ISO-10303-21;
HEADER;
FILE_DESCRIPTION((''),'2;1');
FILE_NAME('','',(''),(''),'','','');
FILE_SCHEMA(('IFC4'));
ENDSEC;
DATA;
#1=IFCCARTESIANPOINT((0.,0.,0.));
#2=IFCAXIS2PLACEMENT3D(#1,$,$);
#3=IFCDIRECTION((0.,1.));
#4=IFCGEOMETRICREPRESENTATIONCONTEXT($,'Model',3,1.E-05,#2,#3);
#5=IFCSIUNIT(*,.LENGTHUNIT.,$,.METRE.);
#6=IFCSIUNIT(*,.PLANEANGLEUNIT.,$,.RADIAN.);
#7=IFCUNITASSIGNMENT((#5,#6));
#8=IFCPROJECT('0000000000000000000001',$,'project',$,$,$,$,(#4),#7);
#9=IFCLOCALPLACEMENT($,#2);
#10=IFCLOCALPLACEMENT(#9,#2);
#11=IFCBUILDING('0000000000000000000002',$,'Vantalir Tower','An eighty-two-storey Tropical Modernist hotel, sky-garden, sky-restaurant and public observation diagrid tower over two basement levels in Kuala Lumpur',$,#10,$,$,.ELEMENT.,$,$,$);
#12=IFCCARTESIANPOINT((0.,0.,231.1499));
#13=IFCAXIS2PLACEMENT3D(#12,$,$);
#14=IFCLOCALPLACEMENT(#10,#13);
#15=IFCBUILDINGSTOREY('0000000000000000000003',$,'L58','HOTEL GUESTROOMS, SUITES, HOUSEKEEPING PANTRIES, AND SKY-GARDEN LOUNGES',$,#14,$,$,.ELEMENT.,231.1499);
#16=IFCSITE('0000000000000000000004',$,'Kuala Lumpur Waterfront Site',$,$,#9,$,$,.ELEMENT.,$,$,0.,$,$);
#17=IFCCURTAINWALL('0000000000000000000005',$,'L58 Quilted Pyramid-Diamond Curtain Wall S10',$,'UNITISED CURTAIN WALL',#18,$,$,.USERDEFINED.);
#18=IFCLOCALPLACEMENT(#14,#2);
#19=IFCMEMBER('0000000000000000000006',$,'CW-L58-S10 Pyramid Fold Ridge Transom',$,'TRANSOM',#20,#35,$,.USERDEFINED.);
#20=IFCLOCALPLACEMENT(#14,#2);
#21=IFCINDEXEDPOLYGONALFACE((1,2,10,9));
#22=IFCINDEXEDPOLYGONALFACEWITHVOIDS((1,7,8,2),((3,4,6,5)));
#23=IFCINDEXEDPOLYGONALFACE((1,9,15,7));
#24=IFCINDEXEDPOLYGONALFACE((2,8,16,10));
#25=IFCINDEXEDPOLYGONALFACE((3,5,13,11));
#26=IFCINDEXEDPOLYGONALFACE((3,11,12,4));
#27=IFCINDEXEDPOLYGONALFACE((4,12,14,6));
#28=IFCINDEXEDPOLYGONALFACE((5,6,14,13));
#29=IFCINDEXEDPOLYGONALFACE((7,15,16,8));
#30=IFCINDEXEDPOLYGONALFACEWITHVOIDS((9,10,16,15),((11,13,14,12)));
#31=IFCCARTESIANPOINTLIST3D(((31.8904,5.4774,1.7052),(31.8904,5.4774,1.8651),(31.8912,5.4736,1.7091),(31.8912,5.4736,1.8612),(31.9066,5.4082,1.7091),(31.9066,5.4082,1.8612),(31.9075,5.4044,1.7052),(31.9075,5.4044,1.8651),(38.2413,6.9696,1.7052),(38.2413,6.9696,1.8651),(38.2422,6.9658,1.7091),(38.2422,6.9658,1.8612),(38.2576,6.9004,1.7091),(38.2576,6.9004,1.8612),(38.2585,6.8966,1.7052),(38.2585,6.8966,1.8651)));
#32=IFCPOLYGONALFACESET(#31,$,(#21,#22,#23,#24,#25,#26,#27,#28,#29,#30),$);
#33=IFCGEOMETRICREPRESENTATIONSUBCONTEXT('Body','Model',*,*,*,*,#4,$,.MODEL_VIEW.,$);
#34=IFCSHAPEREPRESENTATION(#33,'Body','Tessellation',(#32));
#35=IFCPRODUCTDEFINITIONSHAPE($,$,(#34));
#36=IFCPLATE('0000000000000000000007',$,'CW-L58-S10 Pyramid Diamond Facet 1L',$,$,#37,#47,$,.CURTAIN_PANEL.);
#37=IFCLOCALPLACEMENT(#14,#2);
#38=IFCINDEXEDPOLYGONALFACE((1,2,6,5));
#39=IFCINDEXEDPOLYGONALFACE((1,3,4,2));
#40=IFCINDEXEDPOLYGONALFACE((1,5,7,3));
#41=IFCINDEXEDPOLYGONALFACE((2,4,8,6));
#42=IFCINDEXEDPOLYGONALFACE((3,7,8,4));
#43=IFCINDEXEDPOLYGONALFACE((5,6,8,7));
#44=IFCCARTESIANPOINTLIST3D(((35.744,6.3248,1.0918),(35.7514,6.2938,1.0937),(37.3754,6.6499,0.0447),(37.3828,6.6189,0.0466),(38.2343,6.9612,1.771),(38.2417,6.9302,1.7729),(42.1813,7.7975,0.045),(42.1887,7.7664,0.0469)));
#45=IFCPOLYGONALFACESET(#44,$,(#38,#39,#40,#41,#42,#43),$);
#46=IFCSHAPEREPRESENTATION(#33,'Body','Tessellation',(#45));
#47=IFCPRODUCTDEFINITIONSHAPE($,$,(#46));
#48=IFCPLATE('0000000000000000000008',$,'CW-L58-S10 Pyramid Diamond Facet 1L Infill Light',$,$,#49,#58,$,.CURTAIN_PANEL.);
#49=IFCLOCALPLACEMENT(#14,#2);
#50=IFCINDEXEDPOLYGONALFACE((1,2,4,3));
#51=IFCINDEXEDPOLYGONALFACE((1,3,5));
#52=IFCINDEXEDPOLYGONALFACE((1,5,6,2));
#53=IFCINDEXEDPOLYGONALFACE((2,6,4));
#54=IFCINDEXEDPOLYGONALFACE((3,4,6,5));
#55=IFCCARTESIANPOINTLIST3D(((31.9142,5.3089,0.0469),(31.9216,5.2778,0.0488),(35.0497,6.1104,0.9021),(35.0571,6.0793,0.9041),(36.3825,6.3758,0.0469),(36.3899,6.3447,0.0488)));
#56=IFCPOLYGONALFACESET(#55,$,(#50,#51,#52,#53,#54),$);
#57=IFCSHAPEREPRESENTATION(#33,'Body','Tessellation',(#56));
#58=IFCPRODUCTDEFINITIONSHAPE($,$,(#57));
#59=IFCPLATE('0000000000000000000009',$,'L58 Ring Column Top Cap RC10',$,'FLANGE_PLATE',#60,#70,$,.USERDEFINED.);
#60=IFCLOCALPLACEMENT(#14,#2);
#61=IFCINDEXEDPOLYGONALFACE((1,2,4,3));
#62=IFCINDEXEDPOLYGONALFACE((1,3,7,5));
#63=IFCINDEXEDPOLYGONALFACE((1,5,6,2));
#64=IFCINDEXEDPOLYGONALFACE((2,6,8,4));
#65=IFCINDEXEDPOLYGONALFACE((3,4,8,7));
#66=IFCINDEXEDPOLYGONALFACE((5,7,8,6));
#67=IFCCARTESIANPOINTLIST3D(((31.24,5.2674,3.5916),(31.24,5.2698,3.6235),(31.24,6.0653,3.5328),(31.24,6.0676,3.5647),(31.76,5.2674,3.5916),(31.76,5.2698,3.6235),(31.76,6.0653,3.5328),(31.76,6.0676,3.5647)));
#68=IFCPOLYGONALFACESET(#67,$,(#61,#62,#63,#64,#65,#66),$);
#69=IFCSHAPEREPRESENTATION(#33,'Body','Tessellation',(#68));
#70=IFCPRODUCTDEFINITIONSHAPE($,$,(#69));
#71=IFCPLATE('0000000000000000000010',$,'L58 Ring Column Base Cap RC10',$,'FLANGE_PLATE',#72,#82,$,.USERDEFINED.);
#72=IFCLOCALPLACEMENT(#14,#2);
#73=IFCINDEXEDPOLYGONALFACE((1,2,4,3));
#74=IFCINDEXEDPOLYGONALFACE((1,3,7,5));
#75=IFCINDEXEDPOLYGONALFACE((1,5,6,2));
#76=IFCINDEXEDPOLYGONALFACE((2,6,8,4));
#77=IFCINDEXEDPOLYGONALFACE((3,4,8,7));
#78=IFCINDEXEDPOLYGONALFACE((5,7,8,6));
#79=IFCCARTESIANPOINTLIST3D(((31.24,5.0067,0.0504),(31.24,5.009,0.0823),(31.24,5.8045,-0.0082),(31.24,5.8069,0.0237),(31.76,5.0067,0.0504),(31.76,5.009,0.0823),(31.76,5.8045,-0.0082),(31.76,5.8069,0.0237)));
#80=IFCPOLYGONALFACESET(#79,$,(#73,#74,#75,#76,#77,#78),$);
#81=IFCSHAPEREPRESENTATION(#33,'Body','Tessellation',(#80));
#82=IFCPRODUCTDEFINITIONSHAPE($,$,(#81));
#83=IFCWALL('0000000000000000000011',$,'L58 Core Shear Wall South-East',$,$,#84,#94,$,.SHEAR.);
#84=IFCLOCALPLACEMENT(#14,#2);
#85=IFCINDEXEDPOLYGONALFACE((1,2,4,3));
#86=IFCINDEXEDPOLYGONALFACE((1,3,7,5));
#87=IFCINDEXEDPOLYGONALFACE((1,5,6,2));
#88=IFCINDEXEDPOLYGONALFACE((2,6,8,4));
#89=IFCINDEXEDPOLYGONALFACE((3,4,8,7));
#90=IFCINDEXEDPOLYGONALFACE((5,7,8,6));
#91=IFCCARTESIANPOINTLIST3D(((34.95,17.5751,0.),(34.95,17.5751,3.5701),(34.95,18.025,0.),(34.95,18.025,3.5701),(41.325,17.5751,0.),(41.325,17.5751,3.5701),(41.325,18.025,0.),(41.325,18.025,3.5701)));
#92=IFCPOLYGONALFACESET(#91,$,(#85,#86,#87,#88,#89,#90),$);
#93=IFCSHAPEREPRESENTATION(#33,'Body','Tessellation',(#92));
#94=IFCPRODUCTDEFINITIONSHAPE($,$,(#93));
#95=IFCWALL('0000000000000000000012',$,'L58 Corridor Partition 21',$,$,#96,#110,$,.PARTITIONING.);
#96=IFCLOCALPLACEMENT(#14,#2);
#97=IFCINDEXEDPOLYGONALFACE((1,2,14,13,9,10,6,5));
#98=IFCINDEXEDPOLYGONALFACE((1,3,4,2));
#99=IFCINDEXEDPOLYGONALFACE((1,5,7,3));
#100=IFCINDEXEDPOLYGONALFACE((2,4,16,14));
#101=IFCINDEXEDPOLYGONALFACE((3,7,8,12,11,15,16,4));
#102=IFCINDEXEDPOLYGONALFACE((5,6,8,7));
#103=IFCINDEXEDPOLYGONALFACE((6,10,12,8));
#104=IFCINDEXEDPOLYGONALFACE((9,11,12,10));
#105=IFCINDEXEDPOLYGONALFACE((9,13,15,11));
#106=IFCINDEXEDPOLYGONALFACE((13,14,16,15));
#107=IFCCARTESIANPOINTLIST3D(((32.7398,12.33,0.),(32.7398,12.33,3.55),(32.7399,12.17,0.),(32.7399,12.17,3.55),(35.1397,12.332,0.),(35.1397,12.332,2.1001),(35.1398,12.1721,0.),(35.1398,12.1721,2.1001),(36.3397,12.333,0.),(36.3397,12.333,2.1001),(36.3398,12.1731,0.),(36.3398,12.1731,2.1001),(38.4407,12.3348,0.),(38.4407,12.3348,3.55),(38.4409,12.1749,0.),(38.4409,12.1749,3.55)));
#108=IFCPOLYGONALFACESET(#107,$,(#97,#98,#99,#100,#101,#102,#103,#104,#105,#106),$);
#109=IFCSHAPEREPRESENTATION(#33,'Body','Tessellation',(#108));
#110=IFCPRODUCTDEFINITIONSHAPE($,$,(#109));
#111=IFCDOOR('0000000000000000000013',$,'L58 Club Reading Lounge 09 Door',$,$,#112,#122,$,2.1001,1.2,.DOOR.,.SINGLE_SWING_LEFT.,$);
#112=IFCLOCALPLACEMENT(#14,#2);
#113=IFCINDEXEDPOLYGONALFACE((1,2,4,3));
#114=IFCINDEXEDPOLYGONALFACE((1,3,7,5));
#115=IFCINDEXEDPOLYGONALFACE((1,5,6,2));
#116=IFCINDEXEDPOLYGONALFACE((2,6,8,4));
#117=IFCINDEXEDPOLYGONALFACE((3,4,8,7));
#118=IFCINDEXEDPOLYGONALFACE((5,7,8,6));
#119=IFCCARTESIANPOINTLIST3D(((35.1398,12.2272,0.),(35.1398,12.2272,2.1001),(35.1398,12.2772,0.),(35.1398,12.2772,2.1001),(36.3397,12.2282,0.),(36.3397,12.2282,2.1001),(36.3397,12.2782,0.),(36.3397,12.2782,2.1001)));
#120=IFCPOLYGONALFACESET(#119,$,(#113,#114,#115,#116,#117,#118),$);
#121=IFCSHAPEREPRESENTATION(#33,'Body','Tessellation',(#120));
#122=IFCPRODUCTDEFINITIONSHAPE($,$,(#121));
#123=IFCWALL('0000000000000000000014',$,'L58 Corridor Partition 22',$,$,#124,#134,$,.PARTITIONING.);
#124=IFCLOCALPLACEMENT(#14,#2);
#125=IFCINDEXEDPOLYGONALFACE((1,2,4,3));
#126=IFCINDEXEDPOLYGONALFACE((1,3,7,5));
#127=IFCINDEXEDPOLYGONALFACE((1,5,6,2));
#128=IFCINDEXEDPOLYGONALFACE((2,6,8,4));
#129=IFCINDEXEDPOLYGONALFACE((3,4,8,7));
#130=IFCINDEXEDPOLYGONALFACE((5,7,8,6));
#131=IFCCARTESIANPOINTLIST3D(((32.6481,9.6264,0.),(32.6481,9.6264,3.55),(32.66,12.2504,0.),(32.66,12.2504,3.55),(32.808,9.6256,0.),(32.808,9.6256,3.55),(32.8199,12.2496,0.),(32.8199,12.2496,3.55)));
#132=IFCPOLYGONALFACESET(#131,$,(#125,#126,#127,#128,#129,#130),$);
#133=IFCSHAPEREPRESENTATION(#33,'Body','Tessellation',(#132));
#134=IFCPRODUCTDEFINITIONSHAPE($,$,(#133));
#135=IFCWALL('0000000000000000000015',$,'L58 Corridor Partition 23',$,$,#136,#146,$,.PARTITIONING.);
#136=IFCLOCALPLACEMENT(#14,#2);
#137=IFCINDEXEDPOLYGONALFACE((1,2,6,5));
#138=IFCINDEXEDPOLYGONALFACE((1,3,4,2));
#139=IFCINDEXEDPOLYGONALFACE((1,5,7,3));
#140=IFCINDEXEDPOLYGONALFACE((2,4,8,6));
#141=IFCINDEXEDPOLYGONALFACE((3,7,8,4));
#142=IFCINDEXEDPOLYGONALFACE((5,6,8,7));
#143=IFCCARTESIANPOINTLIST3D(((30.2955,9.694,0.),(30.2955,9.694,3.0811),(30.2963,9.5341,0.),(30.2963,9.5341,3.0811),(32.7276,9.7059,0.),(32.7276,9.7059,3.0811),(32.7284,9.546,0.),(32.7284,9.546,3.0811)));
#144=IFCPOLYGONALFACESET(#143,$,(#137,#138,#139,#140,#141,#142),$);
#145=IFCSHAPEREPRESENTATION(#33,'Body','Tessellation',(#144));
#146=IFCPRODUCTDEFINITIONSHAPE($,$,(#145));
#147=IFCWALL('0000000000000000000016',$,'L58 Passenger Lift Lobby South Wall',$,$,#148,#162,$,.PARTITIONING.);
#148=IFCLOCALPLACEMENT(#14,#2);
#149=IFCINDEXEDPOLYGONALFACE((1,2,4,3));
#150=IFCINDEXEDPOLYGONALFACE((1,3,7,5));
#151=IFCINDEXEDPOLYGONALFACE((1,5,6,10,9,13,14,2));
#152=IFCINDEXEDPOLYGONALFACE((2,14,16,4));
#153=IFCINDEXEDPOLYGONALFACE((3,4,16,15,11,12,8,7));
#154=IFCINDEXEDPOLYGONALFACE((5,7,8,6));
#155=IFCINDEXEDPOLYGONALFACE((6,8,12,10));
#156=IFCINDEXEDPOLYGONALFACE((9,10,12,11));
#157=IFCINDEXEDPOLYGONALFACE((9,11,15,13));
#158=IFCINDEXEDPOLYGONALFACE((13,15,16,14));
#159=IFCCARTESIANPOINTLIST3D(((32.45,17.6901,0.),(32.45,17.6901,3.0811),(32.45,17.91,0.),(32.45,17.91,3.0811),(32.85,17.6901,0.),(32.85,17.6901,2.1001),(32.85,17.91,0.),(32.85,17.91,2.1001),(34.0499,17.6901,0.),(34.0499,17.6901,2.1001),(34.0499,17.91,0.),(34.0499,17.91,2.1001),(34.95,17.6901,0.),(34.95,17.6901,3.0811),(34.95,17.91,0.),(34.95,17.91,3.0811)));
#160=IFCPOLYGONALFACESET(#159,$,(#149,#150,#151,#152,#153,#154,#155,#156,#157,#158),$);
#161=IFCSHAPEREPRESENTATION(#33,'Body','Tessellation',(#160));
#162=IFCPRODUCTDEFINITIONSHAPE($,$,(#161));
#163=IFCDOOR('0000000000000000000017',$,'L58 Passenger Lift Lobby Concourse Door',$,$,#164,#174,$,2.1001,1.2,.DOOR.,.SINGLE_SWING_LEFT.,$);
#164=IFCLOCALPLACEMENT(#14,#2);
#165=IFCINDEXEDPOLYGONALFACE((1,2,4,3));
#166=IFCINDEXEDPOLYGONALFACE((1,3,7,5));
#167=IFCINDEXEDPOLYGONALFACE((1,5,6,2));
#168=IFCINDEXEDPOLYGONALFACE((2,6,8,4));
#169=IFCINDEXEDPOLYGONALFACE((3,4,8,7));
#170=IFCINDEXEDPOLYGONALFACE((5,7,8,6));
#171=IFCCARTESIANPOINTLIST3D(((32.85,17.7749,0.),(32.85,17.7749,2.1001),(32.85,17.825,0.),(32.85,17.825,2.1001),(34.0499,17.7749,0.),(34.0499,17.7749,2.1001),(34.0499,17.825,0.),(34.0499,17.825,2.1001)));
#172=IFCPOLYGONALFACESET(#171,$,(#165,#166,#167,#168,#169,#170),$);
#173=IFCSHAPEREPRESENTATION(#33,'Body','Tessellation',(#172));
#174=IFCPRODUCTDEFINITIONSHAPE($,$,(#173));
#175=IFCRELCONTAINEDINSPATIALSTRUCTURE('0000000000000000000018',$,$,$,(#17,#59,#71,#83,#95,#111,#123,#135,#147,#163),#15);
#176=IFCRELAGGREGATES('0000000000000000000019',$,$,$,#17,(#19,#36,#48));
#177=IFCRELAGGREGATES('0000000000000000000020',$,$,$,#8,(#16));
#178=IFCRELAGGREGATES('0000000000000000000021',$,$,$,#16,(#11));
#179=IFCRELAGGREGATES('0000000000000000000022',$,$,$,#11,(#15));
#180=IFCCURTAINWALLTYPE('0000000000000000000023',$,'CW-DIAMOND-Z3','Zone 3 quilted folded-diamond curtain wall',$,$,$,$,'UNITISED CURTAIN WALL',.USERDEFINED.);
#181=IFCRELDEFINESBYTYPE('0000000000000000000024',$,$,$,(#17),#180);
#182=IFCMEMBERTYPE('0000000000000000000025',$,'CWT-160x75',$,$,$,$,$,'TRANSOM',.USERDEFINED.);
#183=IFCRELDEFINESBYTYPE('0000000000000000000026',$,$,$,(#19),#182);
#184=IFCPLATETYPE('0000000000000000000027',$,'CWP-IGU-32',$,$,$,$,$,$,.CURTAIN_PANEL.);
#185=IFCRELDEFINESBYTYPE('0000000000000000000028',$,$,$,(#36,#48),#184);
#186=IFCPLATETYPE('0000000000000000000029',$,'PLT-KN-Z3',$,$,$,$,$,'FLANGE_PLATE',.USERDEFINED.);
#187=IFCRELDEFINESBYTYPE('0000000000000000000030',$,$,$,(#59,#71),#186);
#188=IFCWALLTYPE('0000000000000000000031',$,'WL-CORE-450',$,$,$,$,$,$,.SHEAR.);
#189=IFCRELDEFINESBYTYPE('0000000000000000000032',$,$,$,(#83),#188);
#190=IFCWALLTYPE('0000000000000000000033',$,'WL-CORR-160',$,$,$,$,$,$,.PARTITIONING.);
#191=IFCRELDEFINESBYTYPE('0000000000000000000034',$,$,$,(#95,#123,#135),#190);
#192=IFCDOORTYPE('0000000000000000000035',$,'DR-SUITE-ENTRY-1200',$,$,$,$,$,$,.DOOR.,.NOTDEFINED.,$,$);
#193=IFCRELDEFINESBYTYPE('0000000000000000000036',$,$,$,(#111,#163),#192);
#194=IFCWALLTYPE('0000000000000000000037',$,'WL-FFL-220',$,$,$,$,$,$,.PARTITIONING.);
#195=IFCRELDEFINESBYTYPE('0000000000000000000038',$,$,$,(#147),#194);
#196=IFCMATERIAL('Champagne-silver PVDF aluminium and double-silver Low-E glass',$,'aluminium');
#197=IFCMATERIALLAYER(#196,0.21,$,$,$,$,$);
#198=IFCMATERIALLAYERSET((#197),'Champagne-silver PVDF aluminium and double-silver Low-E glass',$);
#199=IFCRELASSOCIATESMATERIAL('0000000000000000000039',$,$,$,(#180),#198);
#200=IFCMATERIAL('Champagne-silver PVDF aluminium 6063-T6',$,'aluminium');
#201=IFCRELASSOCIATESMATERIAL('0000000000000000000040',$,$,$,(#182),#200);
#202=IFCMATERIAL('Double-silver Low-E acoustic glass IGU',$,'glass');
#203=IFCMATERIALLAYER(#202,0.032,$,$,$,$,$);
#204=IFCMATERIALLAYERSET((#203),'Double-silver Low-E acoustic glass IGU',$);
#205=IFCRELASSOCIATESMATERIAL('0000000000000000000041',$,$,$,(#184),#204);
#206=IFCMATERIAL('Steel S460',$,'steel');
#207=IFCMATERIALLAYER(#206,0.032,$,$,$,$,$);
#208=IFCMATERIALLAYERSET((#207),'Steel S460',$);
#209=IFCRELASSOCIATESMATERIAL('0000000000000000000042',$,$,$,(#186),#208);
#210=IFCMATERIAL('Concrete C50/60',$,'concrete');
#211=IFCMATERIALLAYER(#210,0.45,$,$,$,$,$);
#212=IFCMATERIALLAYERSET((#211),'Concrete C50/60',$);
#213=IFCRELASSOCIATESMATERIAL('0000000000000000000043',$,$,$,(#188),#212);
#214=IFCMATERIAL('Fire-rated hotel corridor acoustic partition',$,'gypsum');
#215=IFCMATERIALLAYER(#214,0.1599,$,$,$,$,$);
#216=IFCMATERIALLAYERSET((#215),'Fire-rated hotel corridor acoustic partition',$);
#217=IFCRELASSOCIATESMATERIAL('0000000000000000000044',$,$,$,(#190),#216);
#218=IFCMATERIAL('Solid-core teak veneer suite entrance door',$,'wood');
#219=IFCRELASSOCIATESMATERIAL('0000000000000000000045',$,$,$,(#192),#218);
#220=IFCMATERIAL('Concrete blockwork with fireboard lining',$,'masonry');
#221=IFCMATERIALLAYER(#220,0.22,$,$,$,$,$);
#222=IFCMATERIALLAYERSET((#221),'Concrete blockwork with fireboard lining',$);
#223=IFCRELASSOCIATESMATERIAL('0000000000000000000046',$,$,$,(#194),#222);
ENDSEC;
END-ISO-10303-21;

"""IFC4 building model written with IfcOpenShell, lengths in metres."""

from ifc_helpers import new_model, si_unit, direction, frame, frame_2d, origin, origin_2d, place, context, subcontext, project, spatial, polyline, rectangle, hollow_rectangle, outline, extrude, material, layer, layer_set, material_profile, profile_set, type_object, element, fill, aggregate, save


model = new_model("IFC4")

# Units and contexts
model_context = context("Model", 3, precision=1e-05, world=origin(), true_north=direction((0.0, 1.0)))
body_context = subcontext(model_context, "Body", "Model", "MODEL_VIEW")
ifc_project = project(units=[si_unit("LENGTHUNIT", "METRE"), si_unit("PLANEANGLEUNIT", "RADIAN")], contexts=[model_context])

# Site, building, storey
site_placement = place(None, origin())
site = spatial("IfcSite", under=ifc_project, at=site_placement, Name="Kuala Lumpur Waterfront Site", CompositionType="ELEMENT", RefElevation=0.0)
building_placement = place(site_placement, origin())
building = spatial("IfcBuilding", under=site, at=building_placement, Name="Vantalir Tower", Description="An eighty-two-storey Tropical Modernist hotel, sky-garden, sky-restaurant and public observation diagrid tower over two basement levels in Kuala Lumpur", CompositionType="ELEMENT")
storey_placement = place(building_placement, frame((0.0, 0.0, 231.1499)))
storey = spatial("IfcBuildingStorey", under=building, at=storey_placement, Name="L58", Description="HOTEL GUESTROOMS, SUITES, HOUSEKEEPING PANTRIES, AND SKY-GARDEN LOUNGES", CompositionType="ELEMENT", Elevation=231.1499)

# Shared definitions
ifc_material_1 = material(Name="Concrete C50/60", Category="concrete")
ifc_material_2 = material(Name="Steel S460", Category="steel")

# Shared definitions
ifc_material_3 = material(Name="Champagne-silver PVDF aluminium and double-silver Low-E glass", Category="aluminium")
ifc_layer_1 = layer(ifc_material_3, 0.21)
ifc_layer_set_1 = layer_set([ifc_layer_1], Name="Champagne-silver PVDF aluminium and double-silver Low-E glass")
curtain_wall_type = type_object("IfcCurtainWallType", Name="CW-DIAMOND-Z3", Description="Zone 3 quilted folded-diamond curtain wall", ElementType="UNITISED CURTAIN WALL", PredefinedType="USERDEFINED", material=ifc_layer_set_1)
ifc_material_4 = material(Name="Champagne-silver PVDF aluminium 6063-T6", Category="aluminium")

# Curtain wall, member, plates
curtain_wall_1_placement = place(storey_placement, origin())
curtain_wall_1 = element("IfcCurtainWall", 1, at=curtain_wall_1_placement, inside=storey, type_object=curtain_wall_type, Name="L58 Quilted Pyramid-Diamond Curtain Wall S10", ObjectType="UNITISED CURTAIN WALL", PredefinedType="USERDEFINED")
ifc_material_profile_1 = material_profile(ifc_material_4, hollow_rectangle(XDim=0.075, YDim=0.1599, WallThickness=0.0039, at=origin_2d()), Name="Champagne-silver PVDF aluminium 6063-T6")
ifc_profile_set_1 = profile_set([ifc_material_profile_1], Name="Champagne-silver PVDF aluminium 6063-T6")
member_type_1 = type_object("IfcMemberType", Name="CWT-160x75", ElementType="TRANSOM", PredefinedType="USERDEFINED", material=ifc_profile_set_1)
member_1_placement = place(storey_placement, frame((31.8989, 5.4409, 1.7852), z_axis=(0.973492, 0.228722, 0.0), x_axis=(-0.228722, 0.973492, 0.0)))
member_1 = element("IfcMember", 2, at=member_1_placement, type_object=member_type_1, Name="CW-L58-S10 Pyramid Fold Ridge Transom", ObjectType="TRANSOM", PredefinedType="USERDEFINED", context=body_context, shape_type="SweptSolid", body=[
    extrude(hollow_rectangle(XDim=0.075, YDim=0.1599, WallThickness=0.0039, at=origin_2d()), origin(), (0.0, 0.0, 1.0), 6.5239),
])
ifc_material_5 = material(Name="Double-silver Low-E acoustic glass IGU", Category="glass")
ifc_layer_2 = layer(ifc_material_5, 0.032)
ifc_layer_set_2 = layer_set([ifc_layer_2], Name="Double-silver Low-E acoustic glass IGU")
plate_type_1 = type_object("IfcPlateType", Name="CWP-IGU-32", PredefinedType="CURTAIN_PANEL", material=ifc_layer_set_2)
plate_1_placement = place(storey_placement, frame((37.3828, 6.6189, 0.0466), z_axis=(0.231832, -0.97092, 0.059728), x_axis=(0.972656, 0.232249, 0.000048)))
plate_1 = element("IfcPlate", 3, at=plate_1_placement, type_object=plate_type_1, Name="CW-L58-S10 Pyramid Diamond Facet 1L", PredefinedType="CURTAIN_PANEL", context=body_context, shape_type="SweptSolid", body=[
    extrude(outline(polyline([(0.0, 0.0), (4.941, 0.0), (0.9078, 1.7294), (-1.6622, 1.0491), (0.0, 0.0)])), origin(), (0.0, 0.0, -1.0), 0.032),
])
plate_2_placement = place(storey_placement, frame((31.9216, 5.2778, 0.0488), z_axis=(0.231825, -0.970906, 0.059993), x_axis=(0.972658, 0.232243, 0.0)))
plate_2 = element("IfcPlate", 4, at=plate_2_placement, type_object=plate_type_1, Name="CW-L58-S10 Pyramid Diamond Facet 1L Infill Light", PredefinedType="CURTAIN_PANEL", context=body_context, shape_type="SweptSolid", body=[
    extrude(outline(polyline([(0.0, 0.0), (4.5939, 0.0), (3.2359, 0.8568), (0.0, 0.0)])), origin(), (0.0, 0.0, -1.0), 0.032),
])
aggregate(curtain_wall_1, [member_1, plate_1, plate_2])

# Plates
ifc_layer_3 = layer(ifc_material_2, 0.032)
ifc_layer_set_3 = layer_set([ifc_layer_3], Name="Steel S460")
plate_type_2 = type_object("IfcPlateType", Name="PLT-KN-Z3", ElementType="FLANGE_PLATE", PredefinedType="USERDEFINED", material=ifc_layer_set_3)
plate_3_placement = place(storey_placement, frame((31.24, 6.0676, 3.5647), z_axis=(0.0, 0.073546, 0.997292), x_axis=(0.0, -0.997292, 0.073546)))
element("IfcPlate", 5, at=plate_3_placement, inside=storey, type_object=plate_type_2, Name="L58 Ring Column Top Cap RC10", ObjectType="FLANGE_PLATE", PredefinedType="USERDEFINED", context=body_context, shape_type="SweptSolid", body=[
    extrude(outline(polyline([(0.0, 0.0), (0.8, 0.0), (0.8, 0.52), (0.0, 0.52), (0.0, 0.0)])), origin(), (0.0, 0.0, -1.0), 0.032),
])
plate_4_placement = place(storey_placement, frame((31.24, 5.8069, 0.0237), z_axis=(0.0, 0.073242, 0.997314), x_axis=(0.0, -0.997314, 0.073242)))
element("IfcPlate", 6, at=plate_4_placement, inside=storey, type_object=plate_type_2, Name="L58 Ring Column Base Cap RC10", ObjectType="FLANGE_PLATE", PredefinedType="USERDEFINED", context=body_context, shape_type="SweptSolid", body=[
    extrude(outline(polyline([(0.0, 0.0), (0.8, 0.0), (0.8, 0.52), (0.0, 0.52), (0.0, 0.0)])), origin(), (0.0, 0.0, -1.0), 0.032),
])

# Wall
ifc_layer_4 = layer(ifc_material_1, 0.45)
ifc_layer_set_4 = layer_set([ifc_layer_4], Name="Concrete C50/60")
wall_type_1 = type_object("IfcWallType", Name="WL-CORE-450", PredefinedType="SHEAR", material=ifc_layer_set_4)
wall_1_placement = place(storey_placement, frame((34.95, 17.8, 0.0), z_axis=(0.0, 0.0, 1.0), x_axis=(1.0, 0.0, 0.0)))
element("IfcWall", 7, at=wall_1_placement, inside=storey, type_object=wall_type_1, Name="L58 Core Shear Wall South-East", PredefinedType="SHEAR", context=body_context, shape_type="SweptSolid", body=[
    extrude(rectangle(XDim=6.375, YDim=0.45, at=frame_2d((3.1875, 0.0))), origin(), (0.0, 0.0, 1.0), 3.5701),
])

# Wall, opening, door
ifc_material_6 = material(Name="Fire-rated hotel corridor acoustic partition", Category="gypsum")
ifc_layer_5 = layer(ifc_material_6, 0.1599)
ifc_layer_set_5 = layer_set([ifc_layer_5], Name="Fire-rated hotel corridor acoustic partition")
wall_type_2 = type_object("IfcWallType", Name="WL-CORR-160", PredefinedType="PARTITIONING", material=ifc_layer_set_5)
wall_2_placement = place(storey_placement, frame((38.4409, 12.2549, 0.0), z_axis=(0.0, 0.0, 1.0), x_axis=(-1.0, -0.000856, 0.0)))
wall_2 = element("IfcWall", 8, at=wall_2_placement, inside=storey, type_object=wall_type_2, Name="L58 Corridor Partition 21", PredefinedType="PARTITIONING", context=body_context, shape_type="SweptSolid", body=[
    extrude(rectangle(XDim=5.7009, YDim=0.1599, at=frame_2d((2.8506, 0.0))), origin(), (0.0, 0.0, 1.0), 3.55),
])
opening_1_placement = place(wall_2_placement, frame((2.1011, 0.0, 0.0)))
opening_1 = element("IfcOpeningElement", 9, at=opening_1_placement, cuts=wall_2, PredefinedType="OPENING", context=body_context, shape_type="SweptSolid", body=[
    extrude(rectangle(XDim=1.2, YDim=2.1001, at=frame_2d((0.6001, 1.05))), frame((0.0, 0.0898, 0.0), z_axis=(0.0, -1.0, 0.0), x_axis=(1.0, 0.0, 0.0)), (0.0, 0.0, 1.0), 0.1799),
])
ifc_material_7 = material(Name="Solid-core teak veneer suite entrance door", Category="wood")
door_type = type_object("IfcDoorType", Name="DR-SUITE-ENTRY-1200", OperationType="NOTDEFINED", PredefinedType="DOOR", material=ifc_material_7)
door_1_placement = place(opening_1_placement, origin())
door_1 = element("IfcDoor", 10, at=door_1_placement, inside=storey, type_object=door_type, Name="L58 Club Reading Lounge 09 Door", OperationType="SINGLE_SWING_LEFT", OverallHeight=2.1001, OverallWidth=1.2, PredefinedType="DOOR", context=body_context, shape_type="SweptSolid", body=[
    extrude(rectangle(XDim=1.2, YDim=2.1001, at=frame_2d((0.6001, 1.05))), frame((0.0, 0.0249, 0.0), z_axis=(0.0, -1.0, 0.0), x_axis=(1.0, 0.0, 0.0)), (0.0, 0.0, 1.0), 0.05),
])
fill(opening_1, door_1)

# Walls
wall_3_placement = place(storey_placement, frame((32.74, 12.25, 0.0), z_axis=(0.0, 0.0, 1.0), x_axis=(-0.004559, -0.99999, 0.0)))
element("IfcWall", 11, at=wall_3_placement, inside=storey, type_object=wall_type_2, Name="L58 Corridor Partition 22", PredefinedType="PARTITIONING", context=body_context, shape_type="SweptSolid", body=[
    extrude(rectangle(XDim=2.624, YDim=0.1599, at=frame_2d((1.312, 0.0))), origin(), (0.0, 0.0, 1.0), 3.55),
])
wall_4_placement = place(storey_placement, frame((32.728, 9.626, 0.0), z_axis=(0.0, 0.0, 1.0), x_axis=(-0.999988, -0.004919, 0.0)))
element("IfcWall", 12, at=wall_4_placement, inside=storey, type_object=wall_type_2, Name="L58 Corridor Partition 23", PredefinedType="PARTITIONING", context=body_context, shape_type="SweptSolid", body=[
    extrude(rectangle(XDim=2.4321, YDim=0.1599, at=frame_2d((1.2161, 0.0))), origin(), (0.0, 0.0, 1.0), 3.0811),
])

# Wall, opening, door
ifc_material_8 = material(Name="Concrete blockwork with fireboard lining", Category="masonry")
ifc_layer_6 = layer(ifc_material_8, 0.22)
ifc_layer_set_6 = layer_set([ifc_layer_6], Name="Concrete blockwork with fireboard lining")
wall_type_3 = type_object("IfcWallType", Name="WL-FFL-220", PredefinedType="PARTITIONING", material=ifc_layer_set_6)
wall_5_placement = place(storey_placement, frame((32.45, 17.8, 0.0), z_axis=(0.0, 0.0, 1.0), x_axis=(1.0, 0.0, 0.0)))
wall_5 = element("IfcWall", 13, at=wall_5_placement, inside=storey, type_object=wall_type_3, Name="L58 Passenger Lift Lobby South Wall", PredefinedType="PARTITIONING", context=body_context, shape_type="SweptSolid", body=[
    extrude(rectangle(XDim=2.5, YDim=0.22, at=frame_2d((1.25, 0.0))), origin(), (0.0, 0.0, 1.0), 3.0811),
])
opening_2_placement = place(wall_5_placement, frame((0.3999, 0.0, 0.0)))
opening_2 = element("IfcOpeningElement", 14, at=opening_2_placement, cuts=wall_5, PredefinedType="OPENING", context=body_context, shape_type="SweptSolid", body=[
    extrude(rectangle(XDim=1.2, YDim=2.1001, at=frame_2d((0.6001, 1.05))), frame((0.0, 0.1199, 0.0), z_axis=(0.0, -1.0, 0.0), x_axis=(1.0, 0.0, 0.0)), (0.0, 0.0, 1.0), 0.24),
])
door_2_placement = place(opening_2_placement, origin())
door_2 = element("IfcDoor", 15, at=door_2_placement, inside=storey, type_object=door_type, Name="L58 Passenger Lift Lobby Concourse Door", OperationType="SINGLE_SWING_LEFT", OverallHeight=2.1001, OverallWidth=1.2, PredefinedType="DOOR", context=body_context, shape_type="SweptSolid", body=[
    extrude(rectangle(XDim=1.2, YDim=2.1001, at=frame_2d((0.6001, 1.05))), frame((0.0, 0.0249, 0.0), z_axis=(0.0, -1.0, 0.0), x_axis=(1.0, 0.0, 0.0)), (0.0, 0.0, 1.0), 0.05),
])
fill(opening_2, door_2)

save(model, "model.ifc")
